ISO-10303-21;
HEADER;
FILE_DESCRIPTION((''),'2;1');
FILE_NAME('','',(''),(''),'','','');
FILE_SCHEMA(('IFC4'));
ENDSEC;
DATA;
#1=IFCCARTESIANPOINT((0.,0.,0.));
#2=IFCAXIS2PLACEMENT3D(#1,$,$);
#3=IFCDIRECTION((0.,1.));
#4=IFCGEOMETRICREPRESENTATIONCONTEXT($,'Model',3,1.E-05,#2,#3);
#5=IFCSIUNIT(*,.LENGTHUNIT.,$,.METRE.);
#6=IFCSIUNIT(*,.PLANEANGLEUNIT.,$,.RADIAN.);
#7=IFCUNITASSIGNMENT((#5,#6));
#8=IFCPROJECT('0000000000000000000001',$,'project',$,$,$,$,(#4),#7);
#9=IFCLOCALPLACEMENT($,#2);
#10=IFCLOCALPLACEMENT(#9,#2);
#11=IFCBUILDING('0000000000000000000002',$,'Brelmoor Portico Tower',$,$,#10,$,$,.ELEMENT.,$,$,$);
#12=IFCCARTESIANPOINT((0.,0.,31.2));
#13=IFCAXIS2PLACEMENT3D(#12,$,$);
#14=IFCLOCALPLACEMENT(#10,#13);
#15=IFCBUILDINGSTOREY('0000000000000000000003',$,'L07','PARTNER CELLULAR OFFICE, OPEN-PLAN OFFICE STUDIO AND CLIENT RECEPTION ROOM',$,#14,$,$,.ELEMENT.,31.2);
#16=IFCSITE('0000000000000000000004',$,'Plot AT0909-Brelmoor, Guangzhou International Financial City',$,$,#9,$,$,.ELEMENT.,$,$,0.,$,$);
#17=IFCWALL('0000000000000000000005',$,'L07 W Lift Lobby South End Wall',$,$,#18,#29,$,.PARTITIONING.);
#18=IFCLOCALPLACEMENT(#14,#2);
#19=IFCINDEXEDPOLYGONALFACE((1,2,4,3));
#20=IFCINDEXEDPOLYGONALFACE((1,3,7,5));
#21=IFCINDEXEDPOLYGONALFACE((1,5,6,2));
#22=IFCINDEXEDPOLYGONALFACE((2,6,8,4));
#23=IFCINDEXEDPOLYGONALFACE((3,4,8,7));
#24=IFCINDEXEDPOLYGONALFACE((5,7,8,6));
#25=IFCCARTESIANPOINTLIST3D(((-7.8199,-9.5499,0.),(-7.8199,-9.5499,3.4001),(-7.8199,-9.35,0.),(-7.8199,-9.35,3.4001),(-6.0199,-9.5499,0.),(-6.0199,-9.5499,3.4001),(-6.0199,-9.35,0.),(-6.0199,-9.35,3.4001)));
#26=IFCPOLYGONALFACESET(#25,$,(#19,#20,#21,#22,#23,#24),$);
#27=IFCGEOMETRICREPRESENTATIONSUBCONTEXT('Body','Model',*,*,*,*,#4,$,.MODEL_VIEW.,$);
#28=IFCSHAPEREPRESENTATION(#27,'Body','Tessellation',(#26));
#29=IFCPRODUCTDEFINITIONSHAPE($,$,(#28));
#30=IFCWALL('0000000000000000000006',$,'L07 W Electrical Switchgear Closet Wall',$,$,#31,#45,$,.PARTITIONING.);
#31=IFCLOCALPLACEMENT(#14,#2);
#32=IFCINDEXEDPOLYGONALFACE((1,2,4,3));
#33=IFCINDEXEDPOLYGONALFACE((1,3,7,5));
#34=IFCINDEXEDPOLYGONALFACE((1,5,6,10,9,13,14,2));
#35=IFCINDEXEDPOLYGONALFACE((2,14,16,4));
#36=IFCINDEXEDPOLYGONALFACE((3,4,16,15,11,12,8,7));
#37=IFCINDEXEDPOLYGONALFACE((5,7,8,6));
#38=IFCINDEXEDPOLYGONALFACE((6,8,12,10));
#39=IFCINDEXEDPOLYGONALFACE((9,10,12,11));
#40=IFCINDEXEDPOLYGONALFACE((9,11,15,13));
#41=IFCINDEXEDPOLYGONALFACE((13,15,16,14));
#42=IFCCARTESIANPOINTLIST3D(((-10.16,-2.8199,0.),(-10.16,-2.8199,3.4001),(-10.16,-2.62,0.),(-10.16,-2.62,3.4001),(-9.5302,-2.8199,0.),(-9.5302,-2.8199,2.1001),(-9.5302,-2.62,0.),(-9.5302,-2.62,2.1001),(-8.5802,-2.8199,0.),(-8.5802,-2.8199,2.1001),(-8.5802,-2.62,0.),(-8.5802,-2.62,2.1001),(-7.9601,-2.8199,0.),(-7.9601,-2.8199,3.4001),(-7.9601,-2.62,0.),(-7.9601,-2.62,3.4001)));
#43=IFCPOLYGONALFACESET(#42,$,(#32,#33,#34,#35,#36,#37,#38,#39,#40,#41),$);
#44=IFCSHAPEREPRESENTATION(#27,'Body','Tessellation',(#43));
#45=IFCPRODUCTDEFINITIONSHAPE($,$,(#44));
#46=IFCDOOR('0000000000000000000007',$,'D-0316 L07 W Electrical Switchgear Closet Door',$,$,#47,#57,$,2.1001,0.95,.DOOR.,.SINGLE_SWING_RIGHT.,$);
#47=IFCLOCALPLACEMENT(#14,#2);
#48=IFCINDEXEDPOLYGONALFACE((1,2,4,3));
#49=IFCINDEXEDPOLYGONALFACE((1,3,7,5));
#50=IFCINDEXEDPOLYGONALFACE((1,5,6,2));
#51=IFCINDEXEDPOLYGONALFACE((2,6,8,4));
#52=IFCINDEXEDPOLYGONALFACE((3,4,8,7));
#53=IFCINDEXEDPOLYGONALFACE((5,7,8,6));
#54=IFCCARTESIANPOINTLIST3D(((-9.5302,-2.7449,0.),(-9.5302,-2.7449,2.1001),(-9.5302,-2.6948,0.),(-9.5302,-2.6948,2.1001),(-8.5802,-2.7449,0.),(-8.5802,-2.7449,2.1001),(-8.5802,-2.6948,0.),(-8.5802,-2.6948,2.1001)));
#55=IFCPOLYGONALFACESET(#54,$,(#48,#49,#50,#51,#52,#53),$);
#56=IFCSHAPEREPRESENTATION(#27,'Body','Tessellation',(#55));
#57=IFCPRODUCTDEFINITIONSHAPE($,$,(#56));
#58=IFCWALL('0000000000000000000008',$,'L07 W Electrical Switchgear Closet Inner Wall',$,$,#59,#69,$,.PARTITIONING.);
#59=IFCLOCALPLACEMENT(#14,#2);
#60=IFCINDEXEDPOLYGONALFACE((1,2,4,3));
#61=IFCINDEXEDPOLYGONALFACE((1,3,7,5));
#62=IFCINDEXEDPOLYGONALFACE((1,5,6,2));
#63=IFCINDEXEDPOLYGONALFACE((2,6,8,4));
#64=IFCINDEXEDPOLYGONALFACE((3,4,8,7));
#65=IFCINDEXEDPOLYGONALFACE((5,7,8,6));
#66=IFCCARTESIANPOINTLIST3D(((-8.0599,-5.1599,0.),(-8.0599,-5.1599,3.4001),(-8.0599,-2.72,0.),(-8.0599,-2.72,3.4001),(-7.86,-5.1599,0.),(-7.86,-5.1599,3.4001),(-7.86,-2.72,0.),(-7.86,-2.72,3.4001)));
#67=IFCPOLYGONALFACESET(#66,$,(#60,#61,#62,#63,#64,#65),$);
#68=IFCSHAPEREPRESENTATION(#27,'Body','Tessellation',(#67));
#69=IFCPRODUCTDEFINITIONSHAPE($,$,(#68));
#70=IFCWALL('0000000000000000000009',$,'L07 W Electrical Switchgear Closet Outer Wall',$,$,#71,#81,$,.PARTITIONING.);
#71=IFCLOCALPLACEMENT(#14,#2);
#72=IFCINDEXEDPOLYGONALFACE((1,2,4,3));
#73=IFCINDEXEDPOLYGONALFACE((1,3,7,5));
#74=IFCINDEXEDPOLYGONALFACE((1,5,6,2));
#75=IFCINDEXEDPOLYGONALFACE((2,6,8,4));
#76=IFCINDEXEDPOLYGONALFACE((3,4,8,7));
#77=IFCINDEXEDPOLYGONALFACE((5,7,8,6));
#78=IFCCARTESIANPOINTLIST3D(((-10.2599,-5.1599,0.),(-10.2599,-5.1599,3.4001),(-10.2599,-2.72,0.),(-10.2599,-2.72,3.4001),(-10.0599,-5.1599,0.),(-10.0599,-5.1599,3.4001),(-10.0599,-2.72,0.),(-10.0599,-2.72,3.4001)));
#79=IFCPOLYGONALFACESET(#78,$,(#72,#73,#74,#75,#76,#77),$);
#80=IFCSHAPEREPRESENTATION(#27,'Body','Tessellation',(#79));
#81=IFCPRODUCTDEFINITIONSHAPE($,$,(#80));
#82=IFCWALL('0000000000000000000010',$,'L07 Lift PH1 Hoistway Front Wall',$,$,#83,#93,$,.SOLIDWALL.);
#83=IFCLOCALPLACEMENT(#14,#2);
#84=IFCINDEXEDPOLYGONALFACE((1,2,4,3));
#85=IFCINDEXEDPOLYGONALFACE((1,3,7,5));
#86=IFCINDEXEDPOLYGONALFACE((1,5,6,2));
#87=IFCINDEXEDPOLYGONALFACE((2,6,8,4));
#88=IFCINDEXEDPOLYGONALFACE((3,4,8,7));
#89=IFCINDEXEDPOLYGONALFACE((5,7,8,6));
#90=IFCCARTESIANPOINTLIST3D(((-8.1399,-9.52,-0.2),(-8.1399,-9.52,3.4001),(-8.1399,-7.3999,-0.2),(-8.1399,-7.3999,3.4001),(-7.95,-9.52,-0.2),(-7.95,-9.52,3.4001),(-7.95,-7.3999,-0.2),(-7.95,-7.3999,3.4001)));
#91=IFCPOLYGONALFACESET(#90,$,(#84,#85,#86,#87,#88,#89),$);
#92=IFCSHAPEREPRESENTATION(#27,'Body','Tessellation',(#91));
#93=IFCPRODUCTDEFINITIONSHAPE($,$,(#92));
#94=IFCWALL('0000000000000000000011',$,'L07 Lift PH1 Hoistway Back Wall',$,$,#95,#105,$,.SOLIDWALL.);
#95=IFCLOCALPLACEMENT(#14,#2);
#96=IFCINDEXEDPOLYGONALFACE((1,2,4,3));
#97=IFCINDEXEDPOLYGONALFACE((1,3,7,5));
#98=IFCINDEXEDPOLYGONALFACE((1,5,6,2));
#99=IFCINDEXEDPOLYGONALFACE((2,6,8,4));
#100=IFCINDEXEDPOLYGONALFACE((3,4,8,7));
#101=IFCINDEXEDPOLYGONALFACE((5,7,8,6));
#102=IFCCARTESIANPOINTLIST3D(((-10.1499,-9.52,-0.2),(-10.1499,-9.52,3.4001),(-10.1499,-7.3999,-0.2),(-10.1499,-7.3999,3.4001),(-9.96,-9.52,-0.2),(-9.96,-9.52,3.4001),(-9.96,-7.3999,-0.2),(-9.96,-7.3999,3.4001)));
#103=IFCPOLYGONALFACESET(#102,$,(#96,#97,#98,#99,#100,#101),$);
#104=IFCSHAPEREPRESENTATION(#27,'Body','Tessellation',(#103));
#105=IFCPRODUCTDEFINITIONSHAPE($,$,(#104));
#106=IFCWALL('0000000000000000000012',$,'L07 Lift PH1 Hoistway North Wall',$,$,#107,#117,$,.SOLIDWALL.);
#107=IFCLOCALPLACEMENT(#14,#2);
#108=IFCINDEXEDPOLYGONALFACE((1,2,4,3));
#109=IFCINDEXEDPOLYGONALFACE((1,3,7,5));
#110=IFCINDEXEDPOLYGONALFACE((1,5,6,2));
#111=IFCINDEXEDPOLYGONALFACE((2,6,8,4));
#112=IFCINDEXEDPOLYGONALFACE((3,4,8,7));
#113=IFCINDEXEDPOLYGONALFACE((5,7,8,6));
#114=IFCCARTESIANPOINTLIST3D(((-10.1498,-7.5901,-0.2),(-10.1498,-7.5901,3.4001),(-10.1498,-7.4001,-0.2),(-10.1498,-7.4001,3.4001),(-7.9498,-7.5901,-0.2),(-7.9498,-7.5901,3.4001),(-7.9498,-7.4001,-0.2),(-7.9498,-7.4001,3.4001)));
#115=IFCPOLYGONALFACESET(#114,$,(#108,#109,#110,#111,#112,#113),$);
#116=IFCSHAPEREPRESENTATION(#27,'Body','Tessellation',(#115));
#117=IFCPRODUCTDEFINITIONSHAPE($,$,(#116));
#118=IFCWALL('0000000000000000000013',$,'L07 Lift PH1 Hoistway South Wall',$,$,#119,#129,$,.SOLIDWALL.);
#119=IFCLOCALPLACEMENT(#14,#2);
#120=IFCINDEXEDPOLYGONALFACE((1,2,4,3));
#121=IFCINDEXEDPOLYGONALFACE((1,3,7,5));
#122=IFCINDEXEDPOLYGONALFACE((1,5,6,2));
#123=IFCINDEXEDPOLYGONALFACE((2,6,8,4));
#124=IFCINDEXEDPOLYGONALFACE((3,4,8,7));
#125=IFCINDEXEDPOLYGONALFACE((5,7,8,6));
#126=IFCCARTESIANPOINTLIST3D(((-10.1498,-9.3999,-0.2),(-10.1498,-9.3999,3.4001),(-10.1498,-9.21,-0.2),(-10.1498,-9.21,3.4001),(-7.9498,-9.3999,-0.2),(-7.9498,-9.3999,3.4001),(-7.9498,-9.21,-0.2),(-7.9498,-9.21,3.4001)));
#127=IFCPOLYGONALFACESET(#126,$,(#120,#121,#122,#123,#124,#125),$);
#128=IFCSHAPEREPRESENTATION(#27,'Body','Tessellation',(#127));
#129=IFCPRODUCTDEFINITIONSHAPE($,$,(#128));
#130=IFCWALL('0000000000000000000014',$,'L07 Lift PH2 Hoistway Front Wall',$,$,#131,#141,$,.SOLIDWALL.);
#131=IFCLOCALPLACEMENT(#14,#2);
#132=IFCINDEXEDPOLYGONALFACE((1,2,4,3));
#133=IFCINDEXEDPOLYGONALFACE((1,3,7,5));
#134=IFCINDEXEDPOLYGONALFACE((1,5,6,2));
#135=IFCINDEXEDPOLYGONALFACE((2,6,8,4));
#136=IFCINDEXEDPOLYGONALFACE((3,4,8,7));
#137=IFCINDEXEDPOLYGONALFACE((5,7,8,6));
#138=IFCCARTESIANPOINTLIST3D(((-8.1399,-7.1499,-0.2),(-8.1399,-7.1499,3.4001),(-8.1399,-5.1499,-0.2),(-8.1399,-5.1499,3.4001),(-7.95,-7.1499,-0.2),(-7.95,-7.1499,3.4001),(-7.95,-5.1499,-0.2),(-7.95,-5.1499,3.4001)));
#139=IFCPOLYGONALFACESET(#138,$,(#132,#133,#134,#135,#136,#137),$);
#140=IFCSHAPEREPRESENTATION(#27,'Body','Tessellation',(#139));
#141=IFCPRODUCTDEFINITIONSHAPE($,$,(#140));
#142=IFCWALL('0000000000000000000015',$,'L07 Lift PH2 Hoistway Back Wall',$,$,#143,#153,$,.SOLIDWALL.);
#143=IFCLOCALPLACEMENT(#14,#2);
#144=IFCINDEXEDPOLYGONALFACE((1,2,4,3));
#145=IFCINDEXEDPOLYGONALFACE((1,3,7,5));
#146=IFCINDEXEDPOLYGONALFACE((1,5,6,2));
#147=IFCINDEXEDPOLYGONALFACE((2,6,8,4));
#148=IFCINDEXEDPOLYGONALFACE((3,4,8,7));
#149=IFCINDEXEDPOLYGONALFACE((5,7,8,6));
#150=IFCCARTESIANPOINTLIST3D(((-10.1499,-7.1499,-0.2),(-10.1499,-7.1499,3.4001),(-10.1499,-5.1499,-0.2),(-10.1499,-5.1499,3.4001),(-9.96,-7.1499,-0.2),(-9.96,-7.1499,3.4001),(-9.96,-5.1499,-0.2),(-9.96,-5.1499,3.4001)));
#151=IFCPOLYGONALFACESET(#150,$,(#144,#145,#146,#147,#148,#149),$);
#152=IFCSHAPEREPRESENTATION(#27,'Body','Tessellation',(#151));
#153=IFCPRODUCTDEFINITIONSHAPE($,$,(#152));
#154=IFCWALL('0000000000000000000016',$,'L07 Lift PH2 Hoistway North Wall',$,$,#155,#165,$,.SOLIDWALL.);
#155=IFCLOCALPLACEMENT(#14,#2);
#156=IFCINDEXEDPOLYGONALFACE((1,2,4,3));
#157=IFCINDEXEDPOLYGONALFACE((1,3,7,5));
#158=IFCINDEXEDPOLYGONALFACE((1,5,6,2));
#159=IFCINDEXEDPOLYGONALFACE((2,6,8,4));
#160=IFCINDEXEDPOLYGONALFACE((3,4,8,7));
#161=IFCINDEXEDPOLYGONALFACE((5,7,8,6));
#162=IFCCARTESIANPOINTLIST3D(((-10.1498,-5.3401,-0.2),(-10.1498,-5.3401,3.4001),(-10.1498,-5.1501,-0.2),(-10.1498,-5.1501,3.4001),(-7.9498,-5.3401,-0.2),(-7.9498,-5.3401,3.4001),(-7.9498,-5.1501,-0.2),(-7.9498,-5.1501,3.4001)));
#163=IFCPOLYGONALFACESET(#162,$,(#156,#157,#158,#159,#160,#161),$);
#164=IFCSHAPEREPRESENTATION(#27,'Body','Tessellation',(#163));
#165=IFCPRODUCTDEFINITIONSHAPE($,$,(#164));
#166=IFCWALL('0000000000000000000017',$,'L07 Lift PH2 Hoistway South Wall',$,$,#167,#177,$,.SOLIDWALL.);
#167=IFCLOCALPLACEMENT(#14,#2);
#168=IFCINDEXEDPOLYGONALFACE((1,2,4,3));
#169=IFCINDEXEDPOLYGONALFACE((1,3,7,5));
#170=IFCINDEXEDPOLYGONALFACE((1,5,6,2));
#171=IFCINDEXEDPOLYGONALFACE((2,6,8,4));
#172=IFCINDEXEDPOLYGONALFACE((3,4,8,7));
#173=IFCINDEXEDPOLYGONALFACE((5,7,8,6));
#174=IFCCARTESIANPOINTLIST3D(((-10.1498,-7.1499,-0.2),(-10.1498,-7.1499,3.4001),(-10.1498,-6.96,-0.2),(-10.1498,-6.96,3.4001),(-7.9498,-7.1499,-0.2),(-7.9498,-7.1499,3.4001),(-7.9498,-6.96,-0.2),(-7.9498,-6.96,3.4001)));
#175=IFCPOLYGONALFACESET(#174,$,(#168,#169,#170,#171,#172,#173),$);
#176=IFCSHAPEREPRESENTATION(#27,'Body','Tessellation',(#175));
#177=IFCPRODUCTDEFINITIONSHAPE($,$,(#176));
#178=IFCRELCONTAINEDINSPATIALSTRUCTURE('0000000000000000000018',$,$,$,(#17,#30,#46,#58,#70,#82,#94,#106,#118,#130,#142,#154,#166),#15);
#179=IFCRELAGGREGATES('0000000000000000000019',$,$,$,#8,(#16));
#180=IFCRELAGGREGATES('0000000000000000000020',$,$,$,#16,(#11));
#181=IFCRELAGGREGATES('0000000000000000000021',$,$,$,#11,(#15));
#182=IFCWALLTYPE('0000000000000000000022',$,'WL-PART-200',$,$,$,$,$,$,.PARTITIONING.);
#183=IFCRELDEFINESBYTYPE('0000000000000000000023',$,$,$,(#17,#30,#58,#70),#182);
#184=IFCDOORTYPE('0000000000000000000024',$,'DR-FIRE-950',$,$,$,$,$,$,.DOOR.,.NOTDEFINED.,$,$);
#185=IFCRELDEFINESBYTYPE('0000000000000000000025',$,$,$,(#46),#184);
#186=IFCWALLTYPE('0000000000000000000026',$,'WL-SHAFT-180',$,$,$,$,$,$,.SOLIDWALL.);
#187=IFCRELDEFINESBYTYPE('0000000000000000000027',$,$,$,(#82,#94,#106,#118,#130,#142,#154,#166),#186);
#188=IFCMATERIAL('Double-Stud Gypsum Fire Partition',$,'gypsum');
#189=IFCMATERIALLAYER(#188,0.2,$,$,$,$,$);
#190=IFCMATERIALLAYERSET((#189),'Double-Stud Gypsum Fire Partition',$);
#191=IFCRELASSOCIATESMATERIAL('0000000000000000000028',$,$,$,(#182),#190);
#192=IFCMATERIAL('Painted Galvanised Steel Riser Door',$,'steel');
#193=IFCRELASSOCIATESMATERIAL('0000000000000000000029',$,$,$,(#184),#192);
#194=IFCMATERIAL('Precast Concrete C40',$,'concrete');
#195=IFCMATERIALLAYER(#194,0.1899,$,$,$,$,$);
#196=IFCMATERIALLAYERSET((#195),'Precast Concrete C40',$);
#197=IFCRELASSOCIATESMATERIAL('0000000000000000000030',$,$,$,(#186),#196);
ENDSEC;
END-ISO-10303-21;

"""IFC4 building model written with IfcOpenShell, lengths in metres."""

from ifc_helpers import new_model, si_unit, direction, frame, frame_2d, origin, place, context, subcontext, project, spatial, rectangle, extrude, material, layer, layer_set, type_object, element, fill, save


model = new_model("IFC4")

# Units and contexts
model_context = context("Model", 3, precision=1e-05, world=origin(), true_north=direction((0.0, 1.0)))
body_context = subcontext(model_context, "Body", "Model", "MODEL_VIEW")
ifc_project = project(units=[si_unit("LENGTHUNIT", "METRE"), si_unit("PLANEANGLEUNIT", "RADIAN")], contexts=[model_context])

# Site, building, storey
site_placement = place(None, origin())
site = spatial("IfcSite", under=ifc_project, at=site_placement, Name="Plot AT0909-Brelmoor, Guangzhou International Financial City", CompositionType="ELEMENT", RefElevation=0.0)
building_placement = place(site_placement, origin())
building = spatial("IfcBuilding", under=site, at=building_placement, Name="Brelmoor Portico Tower", CompositionType="ELEMENT")
storey_placement = place(building_placement, frame((0.0, 0.0, 31.2)))
storey = spatial("IfcBuildingStorey", under=building, at=storey_placement, Name="L07", Description="PARTNER CELLULAR OFFICE, OPEN-PLAN OFFICE STUDIO AND CLIENT RECEPTION ROOM", CompositionType="ELEMENT", Elevation=31.2)

# Shared definitions
ifc_material_1 = material(Name="Double-Stud Gypsum Fire Partition", Category="gypsum")
ifc_layer_1 = layer(ifc_material_1, 0.2)
ifc_layer_set_1 = layer_set([ifc_layer_1], Name="Double-Stud Gypsum Fire Partition")
wall_type_1 = type_object("IfcWallType", Name="WL-PART-200", PredefinedType="PARTITIONING", material=ifc_layer_set_1)

# Wall
wall_1_placement = place(storey_placement, frame((-6.02, -9.45, 0.0), z_axis=(0.0, 0.0, 1.0), x_axis=(-1.0, 0.0, 0.0)))
element("IfcWall", 1, at=wall_1_placement, inside=storey, type_object=wall_type_1, Name="L07 W Lift Lobby South End Wall", PredefinedType="PARTITIONING", context=body_context, shape_type="SweptSolid", body=[
    extrude(rectangle(XDim=1.8, YDim=0.2, at=frame_2d((0.8999, 0.0))), origin(), (0.0, 0.0, 1.0), 3.4001),
])

# Wall, opening, door
wall_2_placement = place(storey_placement, frame((-7.96, -2.72, 0.0), z_axis=(0.0, 0.0, 1.0), x_axis=(-1.0, 0.0, 0.0)))
wall_2 = element("IfcWall", 2, at=wall_2_placement, inside=storey, type_object=wall_type_1, Name="L07 W Electrical Switchgear Closet Wall", PredefinedType="PARTITIONING", context=body_context, shape_type="SweptSolid", body=[
    extrude(rectangle(XDim=2.2, YDim=0.2, at=frame_2d((1.1001, 0.0))), origin(), (0.0, 0.0, 1.0), 3.4001),
])
opening_1_placement = place(wall_2_placement, frame((0.6201, 0.0, 0.0)))
opening_1 = element("IfcOpeningElement", 3, at=opening_1_placement, cuts=wall_2, PredefinedType="OPENING", context=body_context, shape_type="SweptSolid", body=[
    extrude(rectangle(XDim=0.95, YDim=2.1001, at=frame_2d((0.4751, 1.05))), frame((0.0, 0.1099, 0.0), z_axis=(0.0, -1.0, 0.0), x_axis=(1.0, 0.0, 0.0)), (0.0, 0.0, 1.0), 0.22),
])
ifc_material_2 = material(Name="Painted Galvanised Steel Riser Door", Category="steel")
door_type_1 = type_object("IfcDoorType", Name="DR-FIRE-950", OperationType="NOTDEFINED", PredefinedType="DOOR", material=ifc_material_2)
door_1_placement = place(opening_1_placement, origin())
door_1 = element("IfcDoor", 4, at=door_1_placement, inside=storey, type_object=door_type_1, Name="D-0316 L07 W Electrical Switchgear Closet Door", OperationType="SINGLE_SWING_RIGHT", OverallHeight=2.1001, OverallWidth=0.95, PredefinedType="DOOR", context=body_context, shape_type="SweptSolid", body=[
    extrude(rectangle(XDim=0.95, YDim=2.1001, at=frame_2d((0.4751, 1.05))), frame((0.0, 0.0249, 0.0), z_axis=(0.0, -1.0, 0.0), x_axis=(1.0, 0.0, 0.0)), (0.0, 0.0, 1.0), 0.05),
])
fill(opening_1, door_1)

# Walls
for number, where, z_axis, x_axis, name in (
    (5, (-7.96, -5.1599, 0.0), (0.0, 0.0, 1.0), (0.0, 1.0, 0.0), "L07 W Electrical Switchgear Closet Inner Wall"),
    (6, (-10.1599, -5.1599, 0.0), (0.0, 0.0, 1.0), (0.0, 1.0, 0.0), "L07 W Electrical Switchgear Closet Outer Wall"),
):
    element("IfcWall", number, at=place(storey_placement, frame(where, z_axis=z_axis, x_axis=x_axis)), inside=storey, type_object=wall_type_1, Name=name, PredefinedType="PARTITIONING", context=body_context, shape_type="SweptSolid", body=[
        extrude(rectangle(XDim=2.4399, YDim=0.2, at=frame_2d((1.22, 0.0))), origin(), (0.0, 0.0, 1.0), 3.4001),
    ])
ifc_material_3 = material(Name="Precast Concrete C40", Category="concrete")
ifc_layer_2 = layer(ifc_material_3, 0.1899)
ifc_layer_set_2 = layer_set([ifc_layer_2], Name="Precast Concrete C40")
wall_type_2 = type_object("IfcWallType", Name="WL-SHAFT-180", PredefinedType="SOLIDWALL", material=ifc_layer_set_2)
for number, where, z_axis, x_axis, name in (
    (7, (-8.0449, -9.52, -0.2), (0.0, 0.0, 1.0), (0.0, 1.0, 0.0), "L07 Lift PH1 Hoistway Front Wall"),
    (8, (-10.0549, -9.52, -0.2), (0.0, 0.0, 1.0), (0.0, 1.0, 0.0), "L07 Lift PH1 Hoistway Back Wall"),
):
    element("IfcWall", number, at=place(storey_placement, frame(where, z_axis=z_axis, x_axis=x_axis)), inside=storey, type_object=wall_type_2, Name=name, PredefinedType="SOLIDWALL", context=body_context, shape_type="SweptSolid", body=[
        extrude(rectangle(XDim=2.1201, YDim=0.1899, at=frame_2d((1.0601, 0.0))), origin(), (0.0, 0.0, 1.0), 3.6001),
    ])
for number, where, z_axis, x_axis, name in (
    (9, (-10.1499, -7.4951, -0.2), (0.0, 0.0, 1.0), (1.0, 0.0, 0.0), "L07 Lift PH1 Hoistway North Wall"),
    (10, (-10.1499, -9.3049, -0.2), (0.0, 0.0, 1.0), (1.0, 0.0, 0.0), "L07 Lift PH1 Hoistway South Wall"),
):
    element("IfcWall", number, at=place(storey_placement, frame(where, z_axis=z_axis, x_axis=x_axis)), inside=storey, type_object=wall_type_2, Name=name, PredefinedType="SOLIDWALL", context=body_context, shape_type="SweptSolid", body=[
        extrude(rectangle(XDim=2.2, YDim=0.1899, at=frame_2d((1.1001, 0.0))), origin(), (0.0, 0.0, 1.0), 3.6001),
    ])
for number, where, z_axis, x_axis, name in (
    (11, (-8.0449, -7.1499, -0.2), (0.0, 0.0, 1.0), (0.0, 1.0, 0.0), "L07 Lift PH2 Hoistway Front Wall"),
    (12, (-10.0549, -7.1499, -0.2), (0.0, 0.0, 1.0), (0.0, 1.0, 0.0), "L07 Lift PH2 Hoistway Back Wall"),
):
    element("IfcWall", number, at=place(storey_placement, frame(where, z_axis=z_axis, x_axis=x_axis)), inside=storey, type_object=wall_type_2, Name=name, PredefinedType="SOLIDWALL", context=body_context, shape_type="SweptSolid", body=[
        extrude(rectangle(XDim=2.0, YDim=0.1899, at=frame_2d((1.0, 0.0))), origin(), (0.0, 0.0, 1.0), 3.6001),
    ])
for number, where, z_axis, x_axis, name in (
    (13, (-10.1499, -5.2451, -0.2), (0.0, 0.0, 1.0), (1.0, 0.0, 0.0), "L07 Lift PH2 Hoistway North Wall"),
    (14, (-10.1499, -7.0549, -0.2), (0.0, 0.0, 1.0), (1.0, 0.0, 0.0), "L07 Lift PH2 Hoistway South Wall"),
):
    element("IfcWall", number, at=place(storey_placement, frame(where, z_axis=z_axis, x_axis=x_axis)), inside=storey, type_object=wall_type_2, Name=name, PredefinedType="SOLIDWALL", context=body_context, shape_type="SweptSolid", body=[
        extrude(rectangle(XDim=2.2, YDim=0.1899, at=frame_2d((1.1001, 0.0))), origin(), (0.0, 0.0, 1.0), 3.6001),
    ])

save(model, "model.ifc")
